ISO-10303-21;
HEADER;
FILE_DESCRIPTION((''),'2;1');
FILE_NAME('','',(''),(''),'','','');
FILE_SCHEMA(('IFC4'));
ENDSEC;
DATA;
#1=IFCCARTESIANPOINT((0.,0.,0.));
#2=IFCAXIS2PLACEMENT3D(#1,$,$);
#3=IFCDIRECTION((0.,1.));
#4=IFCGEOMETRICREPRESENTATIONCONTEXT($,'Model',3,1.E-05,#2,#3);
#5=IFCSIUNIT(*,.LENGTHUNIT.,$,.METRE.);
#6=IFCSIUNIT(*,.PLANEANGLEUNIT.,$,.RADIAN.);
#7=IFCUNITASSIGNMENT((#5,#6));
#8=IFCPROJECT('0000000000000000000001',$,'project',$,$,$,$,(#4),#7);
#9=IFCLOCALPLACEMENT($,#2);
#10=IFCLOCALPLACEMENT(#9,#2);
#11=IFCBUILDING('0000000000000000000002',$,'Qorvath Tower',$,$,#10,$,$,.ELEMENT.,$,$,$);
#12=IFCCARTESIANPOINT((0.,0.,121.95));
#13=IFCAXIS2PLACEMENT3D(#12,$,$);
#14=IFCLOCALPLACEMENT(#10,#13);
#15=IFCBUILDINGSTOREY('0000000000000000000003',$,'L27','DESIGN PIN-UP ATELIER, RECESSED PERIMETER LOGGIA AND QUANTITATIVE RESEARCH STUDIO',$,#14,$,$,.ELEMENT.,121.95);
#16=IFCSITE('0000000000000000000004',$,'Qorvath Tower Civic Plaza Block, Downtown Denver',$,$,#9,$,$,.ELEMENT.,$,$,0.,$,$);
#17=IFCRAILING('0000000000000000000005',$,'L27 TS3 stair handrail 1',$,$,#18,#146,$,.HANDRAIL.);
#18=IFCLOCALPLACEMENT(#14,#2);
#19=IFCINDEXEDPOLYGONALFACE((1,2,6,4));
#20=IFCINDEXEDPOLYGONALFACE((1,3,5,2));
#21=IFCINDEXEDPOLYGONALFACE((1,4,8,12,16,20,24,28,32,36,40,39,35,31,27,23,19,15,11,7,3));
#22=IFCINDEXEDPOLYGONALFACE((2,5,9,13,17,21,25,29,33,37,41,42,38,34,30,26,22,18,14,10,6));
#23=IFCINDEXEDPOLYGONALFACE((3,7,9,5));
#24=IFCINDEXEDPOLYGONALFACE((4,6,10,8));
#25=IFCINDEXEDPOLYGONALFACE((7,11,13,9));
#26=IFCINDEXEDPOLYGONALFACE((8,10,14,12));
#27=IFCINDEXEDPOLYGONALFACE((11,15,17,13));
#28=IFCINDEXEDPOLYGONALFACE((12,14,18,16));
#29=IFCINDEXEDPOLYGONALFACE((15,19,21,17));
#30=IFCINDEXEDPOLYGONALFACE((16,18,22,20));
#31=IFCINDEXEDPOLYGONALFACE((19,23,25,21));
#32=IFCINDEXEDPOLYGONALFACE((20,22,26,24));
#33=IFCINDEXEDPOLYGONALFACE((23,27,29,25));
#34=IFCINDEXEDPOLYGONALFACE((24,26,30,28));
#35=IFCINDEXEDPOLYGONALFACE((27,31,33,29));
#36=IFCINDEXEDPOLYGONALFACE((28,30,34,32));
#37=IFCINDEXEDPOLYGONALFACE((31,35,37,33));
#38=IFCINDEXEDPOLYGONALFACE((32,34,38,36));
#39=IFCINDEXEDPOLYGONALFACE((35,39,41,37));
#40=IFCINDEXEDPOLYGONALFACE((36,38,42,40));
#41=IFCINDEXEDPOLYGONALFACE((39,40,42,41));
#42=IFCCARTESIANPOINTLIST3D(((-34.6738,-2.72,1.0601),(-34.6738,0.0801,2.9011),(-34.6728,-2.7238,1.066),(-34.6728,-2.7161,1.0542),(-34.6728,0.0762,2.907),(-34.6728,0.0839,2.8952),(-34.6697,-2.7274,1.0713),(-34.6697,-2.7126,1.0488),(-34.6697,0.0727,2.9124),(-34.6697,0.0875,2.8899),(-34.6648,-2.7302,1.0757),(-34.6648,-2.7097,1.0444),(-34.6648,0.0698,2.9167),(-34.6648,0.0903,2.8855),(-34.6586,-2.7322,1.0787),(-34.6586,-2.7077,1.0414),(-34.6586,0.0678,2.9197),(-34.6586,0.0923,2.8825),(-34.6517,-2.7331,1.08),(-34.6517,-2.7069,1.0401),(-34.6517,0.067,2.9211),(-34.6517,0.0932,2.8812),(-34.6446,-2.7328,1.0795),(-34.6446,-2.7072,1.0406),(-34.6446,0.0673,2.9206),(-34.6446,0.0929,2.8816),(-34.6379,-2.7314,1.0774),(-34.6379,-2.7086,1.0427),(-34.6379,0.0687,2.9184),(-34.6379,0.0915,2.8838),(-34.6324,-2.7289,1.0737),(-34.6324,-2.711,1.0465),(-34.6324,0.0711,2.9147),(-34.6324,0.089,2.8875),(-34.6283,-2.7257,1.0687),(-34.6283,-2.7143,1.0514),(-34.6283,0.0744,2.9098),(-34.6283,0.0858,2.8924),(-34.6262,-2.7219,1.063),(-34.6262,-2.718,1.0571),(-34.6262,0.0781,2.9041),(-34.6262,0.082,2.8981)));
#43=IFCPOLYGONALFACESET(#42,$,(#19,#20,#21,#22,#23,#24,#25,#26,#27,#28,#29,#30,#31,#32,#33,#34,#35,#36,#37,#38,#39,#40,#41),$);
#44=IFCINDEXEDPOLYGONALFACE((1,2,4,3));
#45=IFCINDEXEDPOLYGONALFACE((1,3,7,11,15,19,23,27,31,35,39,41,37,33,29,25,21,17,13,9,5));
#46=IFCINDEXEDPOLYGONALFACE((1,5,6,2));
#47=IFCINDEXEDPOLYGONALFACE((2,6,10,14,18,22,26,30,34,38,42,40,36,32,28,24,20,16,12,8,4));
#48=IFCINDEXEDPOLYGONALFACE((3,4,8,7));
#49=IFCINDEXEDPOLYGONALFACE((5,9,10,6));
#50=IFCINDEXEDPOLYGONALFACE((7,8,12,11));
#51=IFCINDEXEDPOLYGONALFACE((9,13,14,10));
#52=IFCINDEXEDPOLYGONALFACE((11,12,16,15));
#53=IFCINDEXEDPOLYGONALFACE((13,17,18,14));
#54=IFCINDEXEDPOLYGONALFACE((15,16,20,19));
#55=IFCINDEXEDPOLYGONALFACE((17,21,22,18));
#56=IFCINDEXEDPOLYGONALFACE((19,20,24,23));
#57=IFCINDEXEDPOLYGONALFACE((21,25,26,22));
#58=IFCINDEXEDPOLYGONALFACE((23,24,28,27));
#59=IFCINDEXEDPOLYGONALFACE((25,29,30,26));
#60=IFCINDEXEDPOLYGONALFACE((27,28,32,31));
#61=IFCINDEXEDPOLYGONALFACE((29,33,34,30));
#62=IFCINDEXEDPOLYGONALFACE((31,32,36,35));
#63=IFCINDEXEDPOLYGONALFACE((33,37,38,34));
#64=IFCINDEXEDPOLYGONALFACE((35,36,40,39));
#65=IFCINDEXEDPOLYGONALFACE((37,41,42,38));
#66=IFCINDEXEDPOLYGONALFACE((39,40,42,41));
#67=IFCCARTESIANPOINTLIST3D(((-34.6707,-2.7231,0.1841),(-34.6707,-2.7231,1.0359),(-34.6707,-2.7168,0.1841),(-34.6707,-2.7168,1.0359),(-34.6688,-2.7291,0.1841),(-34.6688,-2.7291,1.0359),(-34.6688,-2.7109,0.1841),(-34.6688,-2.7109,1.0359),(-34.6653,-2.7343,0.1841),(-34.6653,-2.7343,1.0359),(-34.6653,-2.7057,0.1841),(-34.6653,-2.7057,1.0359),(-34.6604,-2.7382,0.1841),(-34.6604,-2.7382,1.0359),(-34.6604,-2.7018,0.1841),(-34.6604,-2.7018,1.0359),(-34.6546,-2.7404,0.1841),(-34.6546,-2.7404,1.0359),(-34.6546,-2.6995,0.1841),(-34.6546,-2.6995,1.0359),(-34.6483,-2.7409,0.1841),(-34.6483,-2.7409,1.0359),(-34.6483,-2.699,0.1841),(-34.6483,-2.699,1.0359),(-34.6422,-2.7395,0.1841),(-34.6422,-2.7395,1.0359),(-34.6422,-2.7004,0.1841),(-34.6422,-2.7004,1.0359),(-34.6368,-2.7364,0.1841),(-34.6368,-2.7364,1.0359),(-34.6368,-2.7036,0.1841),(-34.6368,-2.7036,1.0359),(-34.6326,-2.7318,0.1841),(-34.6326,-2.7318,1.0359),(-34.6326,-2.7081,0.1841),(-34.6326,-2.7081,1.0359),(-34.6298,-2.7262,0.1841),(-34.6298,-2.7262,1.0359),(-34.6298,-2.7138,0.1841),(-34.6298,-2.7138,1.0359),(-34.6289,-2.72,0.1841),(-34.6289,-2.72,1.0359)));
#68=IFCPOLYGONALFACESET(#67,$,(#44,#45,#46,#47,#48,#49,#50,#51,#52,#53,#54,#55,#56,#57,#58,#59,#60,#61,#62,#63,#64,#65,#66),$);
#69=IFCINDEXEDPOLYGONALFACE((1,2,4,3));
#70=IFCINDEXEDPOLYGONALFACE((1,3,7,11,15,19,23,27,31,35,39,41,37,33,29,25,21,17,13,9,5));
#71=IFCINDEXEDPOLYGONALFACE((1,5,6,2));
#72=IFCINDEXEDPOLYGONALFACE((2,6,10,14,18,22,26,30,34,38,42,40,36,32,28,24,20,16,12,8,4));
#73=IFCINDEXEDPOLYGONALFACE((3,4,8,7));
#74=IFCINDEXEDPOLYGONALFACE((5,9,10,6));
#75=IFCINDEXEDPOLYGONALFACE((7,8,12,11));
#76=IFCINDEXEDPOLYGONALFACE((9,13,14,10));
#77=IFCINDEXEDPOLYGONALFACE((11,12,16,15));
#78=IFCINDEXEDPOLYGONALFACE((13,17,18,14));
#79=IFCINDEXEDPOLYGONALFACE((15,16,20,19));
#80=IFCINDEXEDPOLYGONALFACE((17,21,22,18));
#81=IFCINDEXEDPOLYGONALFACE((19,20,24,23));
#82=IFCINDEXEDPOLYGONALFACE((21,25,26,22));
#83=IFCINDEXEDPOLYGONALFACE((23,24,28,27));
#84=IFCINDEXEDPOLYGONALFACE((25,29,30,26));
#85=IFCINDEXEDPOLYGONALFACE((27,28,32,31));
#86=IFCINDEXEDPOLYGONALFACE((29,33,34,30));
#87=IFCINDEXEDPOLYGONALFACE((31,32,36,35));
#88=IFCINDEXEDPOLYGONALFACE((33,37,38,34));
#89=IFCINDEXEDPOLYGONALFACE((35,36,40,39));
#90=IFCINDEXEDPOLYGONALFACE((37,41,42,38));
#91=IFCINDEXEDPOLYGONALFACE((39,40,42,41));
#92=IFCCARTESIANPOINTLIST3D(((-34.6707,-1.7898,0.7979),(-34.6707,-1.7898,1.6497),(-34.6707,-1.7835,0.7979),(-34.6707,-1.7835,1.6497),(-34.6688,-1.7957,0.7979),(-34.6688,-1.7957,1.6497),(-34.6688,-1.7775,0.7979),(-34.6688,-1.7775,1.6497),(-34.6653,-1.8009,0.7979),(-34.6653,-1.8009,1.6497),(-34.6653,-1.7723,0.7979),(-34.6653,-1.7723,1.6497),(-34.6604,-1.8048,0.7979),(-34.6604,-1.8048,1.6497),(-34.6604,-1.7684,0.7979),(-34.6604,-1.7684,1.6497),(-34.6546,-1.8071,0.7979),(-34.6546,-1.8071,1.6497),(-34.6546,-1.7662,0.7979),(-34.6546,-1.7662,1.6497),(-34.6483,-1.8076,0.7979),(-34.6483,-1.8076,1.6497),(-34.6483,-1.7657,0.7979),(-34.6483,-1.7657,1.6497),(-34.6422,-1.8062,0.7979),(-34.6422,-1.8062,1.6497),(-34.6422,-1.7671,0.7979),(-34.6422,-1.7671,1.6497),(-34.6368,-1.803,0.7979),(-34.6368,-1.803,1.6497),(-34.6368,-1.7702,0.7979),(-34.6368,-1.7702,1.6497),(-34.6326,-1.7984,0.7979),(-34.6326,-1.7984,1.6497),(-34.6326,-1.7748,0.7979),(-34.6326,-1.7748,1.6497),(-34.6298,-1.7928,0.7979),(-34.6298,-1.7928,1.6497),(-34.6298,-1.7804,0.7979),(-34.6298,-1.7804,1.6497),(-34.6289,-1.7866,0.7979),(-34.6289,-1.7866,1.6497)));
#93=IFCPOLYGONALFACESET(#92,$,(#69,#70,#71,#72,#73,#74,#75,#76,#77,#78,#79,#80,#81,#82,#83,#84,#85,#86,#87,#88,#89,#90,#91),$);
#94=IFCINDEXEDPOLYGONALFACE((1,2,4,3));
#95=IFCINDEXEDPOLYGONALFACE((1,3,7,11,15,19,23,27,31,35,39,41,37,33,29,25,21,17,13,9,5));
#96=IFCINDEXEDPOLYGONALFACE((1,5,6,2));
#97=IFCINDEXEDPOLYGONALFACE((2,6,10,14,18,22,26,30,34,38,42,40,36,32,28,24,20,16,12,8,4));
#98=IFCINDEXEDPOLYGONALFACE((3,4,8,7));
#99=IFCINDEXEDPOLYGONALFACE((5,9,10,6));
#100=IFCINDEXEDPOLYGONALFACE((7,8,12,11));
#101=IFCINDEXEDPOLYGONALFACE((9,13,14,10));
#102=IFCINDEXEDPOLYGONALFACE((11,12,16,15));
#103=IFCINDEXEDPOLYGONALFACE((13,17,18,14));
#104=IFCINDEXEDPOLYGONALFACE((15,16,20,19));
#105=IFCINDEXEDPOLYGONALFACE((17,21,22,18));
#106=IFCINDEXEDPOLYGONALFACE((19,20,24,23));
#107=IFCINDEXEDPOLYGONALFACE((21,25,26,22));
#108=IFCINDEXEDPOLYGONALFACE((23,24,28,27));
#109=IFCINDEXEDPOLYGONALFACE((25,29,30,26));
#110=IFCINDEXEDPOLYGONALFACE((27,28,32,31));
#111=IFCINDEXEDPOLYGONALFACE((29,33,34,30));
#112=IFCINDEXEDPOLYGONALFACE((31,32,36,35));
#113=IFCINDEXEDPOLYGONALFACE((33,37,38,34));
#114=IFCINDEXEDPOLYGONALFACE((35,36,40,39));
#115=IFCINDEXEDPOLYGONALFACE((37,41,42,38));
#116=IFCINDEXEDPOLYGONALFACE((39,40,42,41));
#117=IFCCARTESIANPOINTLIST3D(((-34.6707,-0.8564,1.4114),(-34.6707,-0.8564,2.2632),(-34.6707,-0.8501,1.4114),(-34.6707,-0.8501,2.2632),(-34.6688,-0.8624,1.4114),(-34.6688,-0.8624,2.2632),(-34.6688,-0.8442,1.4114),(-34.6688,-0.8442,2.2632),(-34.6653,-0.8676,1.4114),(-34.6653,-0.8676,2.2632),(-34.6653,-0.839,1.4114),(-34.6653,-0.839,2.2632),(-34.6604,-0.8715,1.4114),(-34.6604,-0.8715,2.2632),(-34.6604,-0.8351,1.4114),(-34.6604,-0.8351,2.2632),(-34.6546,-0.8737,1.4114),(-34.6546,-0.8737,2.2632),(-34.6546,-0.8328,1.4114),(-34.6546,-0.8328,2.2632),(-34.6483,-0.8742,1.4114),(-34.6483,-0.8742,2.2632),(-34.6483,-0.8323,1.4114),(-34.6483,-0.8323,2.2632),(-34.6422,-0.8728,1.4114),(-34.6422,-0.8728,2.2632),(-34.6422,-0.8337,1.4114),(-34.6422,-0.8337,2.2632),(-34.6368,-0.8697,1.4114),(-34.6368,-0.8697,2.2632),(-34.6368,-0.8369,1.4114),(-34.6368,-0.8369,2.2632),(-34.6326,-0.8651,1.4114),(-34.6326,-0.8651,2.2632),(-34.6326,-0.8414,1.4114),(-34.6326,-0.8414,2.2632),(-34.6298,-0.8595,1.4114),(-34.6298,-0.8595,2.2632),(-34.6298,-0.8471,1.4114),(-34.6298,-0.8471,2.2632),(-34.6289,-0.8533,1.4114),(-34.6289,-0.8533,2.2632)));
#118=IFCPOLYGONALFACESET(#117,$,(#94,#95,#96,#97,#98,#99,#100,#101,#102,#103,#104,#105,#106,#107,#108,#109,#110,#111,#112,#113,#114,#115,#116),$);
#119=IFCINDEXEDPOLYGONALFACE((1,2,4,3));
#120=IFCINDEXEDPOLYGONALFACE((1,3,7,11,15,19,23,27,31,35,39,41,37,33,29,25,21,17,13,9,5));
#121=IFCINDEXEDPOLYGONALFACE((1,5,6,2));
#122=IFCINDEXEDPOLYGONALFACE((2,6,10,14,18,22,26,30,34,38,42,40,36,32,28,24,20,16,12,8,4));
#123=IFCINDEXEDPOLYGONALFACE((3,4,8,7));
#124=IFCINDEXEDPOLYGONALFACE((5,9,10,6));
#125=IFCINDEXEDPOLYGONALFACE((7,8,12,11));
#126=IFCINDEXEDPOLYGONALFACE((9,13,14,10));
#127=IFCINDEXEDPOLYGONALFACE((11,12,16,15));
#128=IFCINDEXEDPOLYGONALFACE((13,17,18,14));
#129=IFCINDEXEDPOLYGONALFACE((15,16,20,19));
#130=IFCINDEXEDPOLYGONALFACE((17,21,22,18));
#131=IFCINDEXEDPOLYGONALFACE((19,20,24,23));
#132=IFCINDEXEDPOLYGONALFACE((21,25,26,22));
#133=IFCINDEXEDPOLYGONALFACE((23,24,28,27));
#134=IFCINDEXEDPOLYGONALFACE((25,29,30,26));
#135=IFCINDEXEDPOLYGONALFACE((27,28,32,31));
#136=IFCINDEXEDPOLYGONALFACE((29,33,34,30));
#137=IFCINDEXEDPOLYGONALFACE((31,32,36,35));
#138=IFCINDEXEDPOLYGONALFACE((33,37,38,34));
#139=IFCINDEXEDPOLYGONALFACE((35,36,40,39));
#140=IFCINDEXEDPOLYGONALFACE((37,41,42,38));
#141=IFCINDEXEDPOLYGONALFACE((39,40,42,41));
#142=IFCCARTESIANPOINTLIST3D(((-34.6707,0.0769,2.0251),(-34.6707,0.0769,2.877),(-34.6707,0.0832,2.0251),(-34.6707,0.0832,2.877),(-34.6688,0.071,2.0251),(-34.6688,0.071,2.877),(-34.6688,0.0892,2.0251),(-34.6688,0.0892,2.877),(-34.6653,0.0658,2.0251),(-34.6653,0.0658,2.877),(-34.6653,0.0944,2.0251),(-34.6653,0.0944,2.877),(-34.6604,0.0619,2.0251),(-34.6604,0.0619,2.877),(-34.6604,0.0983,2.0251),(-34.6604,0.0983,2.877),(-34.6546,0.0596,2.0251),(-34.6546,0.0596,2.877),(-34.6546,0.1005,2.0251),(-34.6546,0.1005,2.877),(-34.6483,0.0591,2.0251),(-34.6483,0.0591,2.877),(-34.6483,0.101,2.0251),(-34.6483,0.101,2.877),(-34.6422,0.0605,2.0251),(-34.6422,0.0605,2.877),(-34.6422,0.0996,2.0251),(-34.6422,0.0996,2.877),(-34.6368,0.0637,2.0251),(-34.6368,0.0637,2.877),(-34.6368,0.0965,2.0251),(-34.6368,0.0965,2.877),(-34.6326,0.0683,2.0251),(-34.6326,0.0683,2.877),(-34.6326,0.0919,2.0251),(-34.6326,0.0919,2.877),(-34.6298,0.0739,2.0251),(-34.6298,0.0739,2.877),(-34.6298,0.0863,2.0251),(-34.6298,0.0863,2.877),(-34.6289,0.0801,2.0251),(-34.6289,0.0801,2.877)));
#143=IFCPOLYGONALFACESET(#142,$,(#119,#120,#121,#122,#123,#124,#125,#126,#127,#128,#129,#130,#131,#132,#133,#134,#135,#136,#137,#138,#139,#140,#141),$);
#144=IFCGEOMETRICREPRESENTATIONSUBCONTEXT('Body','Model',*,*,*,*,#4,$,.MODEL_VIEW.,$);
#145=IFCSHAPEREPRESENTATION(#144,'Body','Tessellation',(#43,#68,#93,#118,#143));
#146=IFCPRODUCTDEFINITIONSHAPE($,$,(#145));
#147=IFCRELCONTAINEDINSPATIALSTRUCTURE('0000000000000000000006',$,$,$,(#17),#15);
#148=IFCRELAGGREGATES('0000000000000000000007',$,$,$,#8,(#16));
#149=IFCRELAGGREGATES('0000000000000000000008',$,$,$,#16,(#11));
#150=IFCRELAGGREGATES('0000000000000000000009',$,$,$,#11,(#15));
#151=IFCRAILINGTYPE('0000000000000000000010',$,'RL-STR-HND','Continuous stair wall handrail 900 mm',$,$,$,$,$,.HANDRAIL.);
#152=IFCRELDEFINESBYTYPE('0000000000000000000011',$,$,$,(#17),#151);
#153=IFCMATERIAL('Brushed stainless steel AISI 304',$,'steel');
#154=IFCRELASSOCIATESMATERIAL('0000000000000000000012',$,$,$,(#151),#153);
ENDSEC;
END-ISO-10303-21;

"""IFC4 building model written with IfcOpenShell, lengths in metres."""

from ifc_helpers import new_model, si_unit, direction, frame, origin, origin_2d, place, context, subcontext, project, spatial, circle, extrude, material, type_object, element, save


model = new_model("IFC4")

# Units and contexts
model_context = context("Model", 3, precision=1e-05, world=origin(), true_north=direction((0.0, 1.0)))
body_context = subcontext(model_context, "Body", "Model", "MODEL_VIEW")
ifc_project = project(units=[si_unit("LENGTHUNIT", "METRE"), si_unit("PLANEANGLEUNIT", "RADIAN")], contexts=[model_context])

# Site, building, storey
site_placement = place(None, origin())
site = spatial("IfcSite", under=ifc_project, at=site_placement, Name="Qorvath Tower Civic Plaza Block, Downtown Denver", CompositionType="ELEMENT", RefElevation=0.0)
building_placement = place(site_placement, origin())
building = spatial("IfcBuilding", under=site, at=building_placement, Name="Qorvath Tower", CompositionType="ELEMENT")
storey_placement = place(building_placement, frame((0.0, 0.0, 121.95)))
storey = spatial("IfcBuildingStorey", under=building, at=storey_placement, Name="L27", Description="DESIGN PIN-UP ATELIER, RECESSED PERIMETER LOGGIA AND QUANTITATIVE RESEARCH STUDIO", CompositionType="ELEMENT", Elevation=121.95)

# Railing
ifc_material_1 = material(Name="Brushed stainless steel AISI 304", Category="steel")
railing_type_1 = type_object("IfcRailingType", Name="RL-STR-HND", Description="Continuous stair wall handrail 900 mm", PredefinedType="HANDRAIL", material=ifc_material_1)
railing_1_placement = place(storey_placement, frame((-34.6499, -2.72, 0.1841)))
element("IfcRailing", 1, at=railing_1_placement, inside=storey, type_object=railing_type_1, Name="L27 TS3 stair handrail 1", PredefinedType="HANDRAIL", context=body_context, shape_type="SweptSolid", body=[
    extrude(circle(Radius=0.0239, at=origin_2d()), frame((0.0, 0.0, 0.876), z_axis=(0.0, 0.835564, 0.549393), x_axis=(-1.0, 0.0, 0.0)), (0.0, 0.0, 1.0), 3.3511),
    extrude(circle(Radius=0.021, at=origin_2d()), origin(), (0.0, 0.0, 1.0), 0.8518),
    extrude(circle(Radius=0.021, at=origin_2d()), frame((0.0, 0.9333, 0.6138)), (0.0, 0.0, 1.0), 0.8518),
    extrude(circle(Radius=0.021, at=origin_2d()), frame((0.0, 1.8667, 1.2273)), (0.0, 0.0, 1.0), 0.8518),
    extrude(circle(Radius=0.021, at=origin_2d()), frame((0.0, 2.8, 1.8411)), (0.0, 0.0, 1.0), 0.8518),
])

save(model, "model.ifc")
